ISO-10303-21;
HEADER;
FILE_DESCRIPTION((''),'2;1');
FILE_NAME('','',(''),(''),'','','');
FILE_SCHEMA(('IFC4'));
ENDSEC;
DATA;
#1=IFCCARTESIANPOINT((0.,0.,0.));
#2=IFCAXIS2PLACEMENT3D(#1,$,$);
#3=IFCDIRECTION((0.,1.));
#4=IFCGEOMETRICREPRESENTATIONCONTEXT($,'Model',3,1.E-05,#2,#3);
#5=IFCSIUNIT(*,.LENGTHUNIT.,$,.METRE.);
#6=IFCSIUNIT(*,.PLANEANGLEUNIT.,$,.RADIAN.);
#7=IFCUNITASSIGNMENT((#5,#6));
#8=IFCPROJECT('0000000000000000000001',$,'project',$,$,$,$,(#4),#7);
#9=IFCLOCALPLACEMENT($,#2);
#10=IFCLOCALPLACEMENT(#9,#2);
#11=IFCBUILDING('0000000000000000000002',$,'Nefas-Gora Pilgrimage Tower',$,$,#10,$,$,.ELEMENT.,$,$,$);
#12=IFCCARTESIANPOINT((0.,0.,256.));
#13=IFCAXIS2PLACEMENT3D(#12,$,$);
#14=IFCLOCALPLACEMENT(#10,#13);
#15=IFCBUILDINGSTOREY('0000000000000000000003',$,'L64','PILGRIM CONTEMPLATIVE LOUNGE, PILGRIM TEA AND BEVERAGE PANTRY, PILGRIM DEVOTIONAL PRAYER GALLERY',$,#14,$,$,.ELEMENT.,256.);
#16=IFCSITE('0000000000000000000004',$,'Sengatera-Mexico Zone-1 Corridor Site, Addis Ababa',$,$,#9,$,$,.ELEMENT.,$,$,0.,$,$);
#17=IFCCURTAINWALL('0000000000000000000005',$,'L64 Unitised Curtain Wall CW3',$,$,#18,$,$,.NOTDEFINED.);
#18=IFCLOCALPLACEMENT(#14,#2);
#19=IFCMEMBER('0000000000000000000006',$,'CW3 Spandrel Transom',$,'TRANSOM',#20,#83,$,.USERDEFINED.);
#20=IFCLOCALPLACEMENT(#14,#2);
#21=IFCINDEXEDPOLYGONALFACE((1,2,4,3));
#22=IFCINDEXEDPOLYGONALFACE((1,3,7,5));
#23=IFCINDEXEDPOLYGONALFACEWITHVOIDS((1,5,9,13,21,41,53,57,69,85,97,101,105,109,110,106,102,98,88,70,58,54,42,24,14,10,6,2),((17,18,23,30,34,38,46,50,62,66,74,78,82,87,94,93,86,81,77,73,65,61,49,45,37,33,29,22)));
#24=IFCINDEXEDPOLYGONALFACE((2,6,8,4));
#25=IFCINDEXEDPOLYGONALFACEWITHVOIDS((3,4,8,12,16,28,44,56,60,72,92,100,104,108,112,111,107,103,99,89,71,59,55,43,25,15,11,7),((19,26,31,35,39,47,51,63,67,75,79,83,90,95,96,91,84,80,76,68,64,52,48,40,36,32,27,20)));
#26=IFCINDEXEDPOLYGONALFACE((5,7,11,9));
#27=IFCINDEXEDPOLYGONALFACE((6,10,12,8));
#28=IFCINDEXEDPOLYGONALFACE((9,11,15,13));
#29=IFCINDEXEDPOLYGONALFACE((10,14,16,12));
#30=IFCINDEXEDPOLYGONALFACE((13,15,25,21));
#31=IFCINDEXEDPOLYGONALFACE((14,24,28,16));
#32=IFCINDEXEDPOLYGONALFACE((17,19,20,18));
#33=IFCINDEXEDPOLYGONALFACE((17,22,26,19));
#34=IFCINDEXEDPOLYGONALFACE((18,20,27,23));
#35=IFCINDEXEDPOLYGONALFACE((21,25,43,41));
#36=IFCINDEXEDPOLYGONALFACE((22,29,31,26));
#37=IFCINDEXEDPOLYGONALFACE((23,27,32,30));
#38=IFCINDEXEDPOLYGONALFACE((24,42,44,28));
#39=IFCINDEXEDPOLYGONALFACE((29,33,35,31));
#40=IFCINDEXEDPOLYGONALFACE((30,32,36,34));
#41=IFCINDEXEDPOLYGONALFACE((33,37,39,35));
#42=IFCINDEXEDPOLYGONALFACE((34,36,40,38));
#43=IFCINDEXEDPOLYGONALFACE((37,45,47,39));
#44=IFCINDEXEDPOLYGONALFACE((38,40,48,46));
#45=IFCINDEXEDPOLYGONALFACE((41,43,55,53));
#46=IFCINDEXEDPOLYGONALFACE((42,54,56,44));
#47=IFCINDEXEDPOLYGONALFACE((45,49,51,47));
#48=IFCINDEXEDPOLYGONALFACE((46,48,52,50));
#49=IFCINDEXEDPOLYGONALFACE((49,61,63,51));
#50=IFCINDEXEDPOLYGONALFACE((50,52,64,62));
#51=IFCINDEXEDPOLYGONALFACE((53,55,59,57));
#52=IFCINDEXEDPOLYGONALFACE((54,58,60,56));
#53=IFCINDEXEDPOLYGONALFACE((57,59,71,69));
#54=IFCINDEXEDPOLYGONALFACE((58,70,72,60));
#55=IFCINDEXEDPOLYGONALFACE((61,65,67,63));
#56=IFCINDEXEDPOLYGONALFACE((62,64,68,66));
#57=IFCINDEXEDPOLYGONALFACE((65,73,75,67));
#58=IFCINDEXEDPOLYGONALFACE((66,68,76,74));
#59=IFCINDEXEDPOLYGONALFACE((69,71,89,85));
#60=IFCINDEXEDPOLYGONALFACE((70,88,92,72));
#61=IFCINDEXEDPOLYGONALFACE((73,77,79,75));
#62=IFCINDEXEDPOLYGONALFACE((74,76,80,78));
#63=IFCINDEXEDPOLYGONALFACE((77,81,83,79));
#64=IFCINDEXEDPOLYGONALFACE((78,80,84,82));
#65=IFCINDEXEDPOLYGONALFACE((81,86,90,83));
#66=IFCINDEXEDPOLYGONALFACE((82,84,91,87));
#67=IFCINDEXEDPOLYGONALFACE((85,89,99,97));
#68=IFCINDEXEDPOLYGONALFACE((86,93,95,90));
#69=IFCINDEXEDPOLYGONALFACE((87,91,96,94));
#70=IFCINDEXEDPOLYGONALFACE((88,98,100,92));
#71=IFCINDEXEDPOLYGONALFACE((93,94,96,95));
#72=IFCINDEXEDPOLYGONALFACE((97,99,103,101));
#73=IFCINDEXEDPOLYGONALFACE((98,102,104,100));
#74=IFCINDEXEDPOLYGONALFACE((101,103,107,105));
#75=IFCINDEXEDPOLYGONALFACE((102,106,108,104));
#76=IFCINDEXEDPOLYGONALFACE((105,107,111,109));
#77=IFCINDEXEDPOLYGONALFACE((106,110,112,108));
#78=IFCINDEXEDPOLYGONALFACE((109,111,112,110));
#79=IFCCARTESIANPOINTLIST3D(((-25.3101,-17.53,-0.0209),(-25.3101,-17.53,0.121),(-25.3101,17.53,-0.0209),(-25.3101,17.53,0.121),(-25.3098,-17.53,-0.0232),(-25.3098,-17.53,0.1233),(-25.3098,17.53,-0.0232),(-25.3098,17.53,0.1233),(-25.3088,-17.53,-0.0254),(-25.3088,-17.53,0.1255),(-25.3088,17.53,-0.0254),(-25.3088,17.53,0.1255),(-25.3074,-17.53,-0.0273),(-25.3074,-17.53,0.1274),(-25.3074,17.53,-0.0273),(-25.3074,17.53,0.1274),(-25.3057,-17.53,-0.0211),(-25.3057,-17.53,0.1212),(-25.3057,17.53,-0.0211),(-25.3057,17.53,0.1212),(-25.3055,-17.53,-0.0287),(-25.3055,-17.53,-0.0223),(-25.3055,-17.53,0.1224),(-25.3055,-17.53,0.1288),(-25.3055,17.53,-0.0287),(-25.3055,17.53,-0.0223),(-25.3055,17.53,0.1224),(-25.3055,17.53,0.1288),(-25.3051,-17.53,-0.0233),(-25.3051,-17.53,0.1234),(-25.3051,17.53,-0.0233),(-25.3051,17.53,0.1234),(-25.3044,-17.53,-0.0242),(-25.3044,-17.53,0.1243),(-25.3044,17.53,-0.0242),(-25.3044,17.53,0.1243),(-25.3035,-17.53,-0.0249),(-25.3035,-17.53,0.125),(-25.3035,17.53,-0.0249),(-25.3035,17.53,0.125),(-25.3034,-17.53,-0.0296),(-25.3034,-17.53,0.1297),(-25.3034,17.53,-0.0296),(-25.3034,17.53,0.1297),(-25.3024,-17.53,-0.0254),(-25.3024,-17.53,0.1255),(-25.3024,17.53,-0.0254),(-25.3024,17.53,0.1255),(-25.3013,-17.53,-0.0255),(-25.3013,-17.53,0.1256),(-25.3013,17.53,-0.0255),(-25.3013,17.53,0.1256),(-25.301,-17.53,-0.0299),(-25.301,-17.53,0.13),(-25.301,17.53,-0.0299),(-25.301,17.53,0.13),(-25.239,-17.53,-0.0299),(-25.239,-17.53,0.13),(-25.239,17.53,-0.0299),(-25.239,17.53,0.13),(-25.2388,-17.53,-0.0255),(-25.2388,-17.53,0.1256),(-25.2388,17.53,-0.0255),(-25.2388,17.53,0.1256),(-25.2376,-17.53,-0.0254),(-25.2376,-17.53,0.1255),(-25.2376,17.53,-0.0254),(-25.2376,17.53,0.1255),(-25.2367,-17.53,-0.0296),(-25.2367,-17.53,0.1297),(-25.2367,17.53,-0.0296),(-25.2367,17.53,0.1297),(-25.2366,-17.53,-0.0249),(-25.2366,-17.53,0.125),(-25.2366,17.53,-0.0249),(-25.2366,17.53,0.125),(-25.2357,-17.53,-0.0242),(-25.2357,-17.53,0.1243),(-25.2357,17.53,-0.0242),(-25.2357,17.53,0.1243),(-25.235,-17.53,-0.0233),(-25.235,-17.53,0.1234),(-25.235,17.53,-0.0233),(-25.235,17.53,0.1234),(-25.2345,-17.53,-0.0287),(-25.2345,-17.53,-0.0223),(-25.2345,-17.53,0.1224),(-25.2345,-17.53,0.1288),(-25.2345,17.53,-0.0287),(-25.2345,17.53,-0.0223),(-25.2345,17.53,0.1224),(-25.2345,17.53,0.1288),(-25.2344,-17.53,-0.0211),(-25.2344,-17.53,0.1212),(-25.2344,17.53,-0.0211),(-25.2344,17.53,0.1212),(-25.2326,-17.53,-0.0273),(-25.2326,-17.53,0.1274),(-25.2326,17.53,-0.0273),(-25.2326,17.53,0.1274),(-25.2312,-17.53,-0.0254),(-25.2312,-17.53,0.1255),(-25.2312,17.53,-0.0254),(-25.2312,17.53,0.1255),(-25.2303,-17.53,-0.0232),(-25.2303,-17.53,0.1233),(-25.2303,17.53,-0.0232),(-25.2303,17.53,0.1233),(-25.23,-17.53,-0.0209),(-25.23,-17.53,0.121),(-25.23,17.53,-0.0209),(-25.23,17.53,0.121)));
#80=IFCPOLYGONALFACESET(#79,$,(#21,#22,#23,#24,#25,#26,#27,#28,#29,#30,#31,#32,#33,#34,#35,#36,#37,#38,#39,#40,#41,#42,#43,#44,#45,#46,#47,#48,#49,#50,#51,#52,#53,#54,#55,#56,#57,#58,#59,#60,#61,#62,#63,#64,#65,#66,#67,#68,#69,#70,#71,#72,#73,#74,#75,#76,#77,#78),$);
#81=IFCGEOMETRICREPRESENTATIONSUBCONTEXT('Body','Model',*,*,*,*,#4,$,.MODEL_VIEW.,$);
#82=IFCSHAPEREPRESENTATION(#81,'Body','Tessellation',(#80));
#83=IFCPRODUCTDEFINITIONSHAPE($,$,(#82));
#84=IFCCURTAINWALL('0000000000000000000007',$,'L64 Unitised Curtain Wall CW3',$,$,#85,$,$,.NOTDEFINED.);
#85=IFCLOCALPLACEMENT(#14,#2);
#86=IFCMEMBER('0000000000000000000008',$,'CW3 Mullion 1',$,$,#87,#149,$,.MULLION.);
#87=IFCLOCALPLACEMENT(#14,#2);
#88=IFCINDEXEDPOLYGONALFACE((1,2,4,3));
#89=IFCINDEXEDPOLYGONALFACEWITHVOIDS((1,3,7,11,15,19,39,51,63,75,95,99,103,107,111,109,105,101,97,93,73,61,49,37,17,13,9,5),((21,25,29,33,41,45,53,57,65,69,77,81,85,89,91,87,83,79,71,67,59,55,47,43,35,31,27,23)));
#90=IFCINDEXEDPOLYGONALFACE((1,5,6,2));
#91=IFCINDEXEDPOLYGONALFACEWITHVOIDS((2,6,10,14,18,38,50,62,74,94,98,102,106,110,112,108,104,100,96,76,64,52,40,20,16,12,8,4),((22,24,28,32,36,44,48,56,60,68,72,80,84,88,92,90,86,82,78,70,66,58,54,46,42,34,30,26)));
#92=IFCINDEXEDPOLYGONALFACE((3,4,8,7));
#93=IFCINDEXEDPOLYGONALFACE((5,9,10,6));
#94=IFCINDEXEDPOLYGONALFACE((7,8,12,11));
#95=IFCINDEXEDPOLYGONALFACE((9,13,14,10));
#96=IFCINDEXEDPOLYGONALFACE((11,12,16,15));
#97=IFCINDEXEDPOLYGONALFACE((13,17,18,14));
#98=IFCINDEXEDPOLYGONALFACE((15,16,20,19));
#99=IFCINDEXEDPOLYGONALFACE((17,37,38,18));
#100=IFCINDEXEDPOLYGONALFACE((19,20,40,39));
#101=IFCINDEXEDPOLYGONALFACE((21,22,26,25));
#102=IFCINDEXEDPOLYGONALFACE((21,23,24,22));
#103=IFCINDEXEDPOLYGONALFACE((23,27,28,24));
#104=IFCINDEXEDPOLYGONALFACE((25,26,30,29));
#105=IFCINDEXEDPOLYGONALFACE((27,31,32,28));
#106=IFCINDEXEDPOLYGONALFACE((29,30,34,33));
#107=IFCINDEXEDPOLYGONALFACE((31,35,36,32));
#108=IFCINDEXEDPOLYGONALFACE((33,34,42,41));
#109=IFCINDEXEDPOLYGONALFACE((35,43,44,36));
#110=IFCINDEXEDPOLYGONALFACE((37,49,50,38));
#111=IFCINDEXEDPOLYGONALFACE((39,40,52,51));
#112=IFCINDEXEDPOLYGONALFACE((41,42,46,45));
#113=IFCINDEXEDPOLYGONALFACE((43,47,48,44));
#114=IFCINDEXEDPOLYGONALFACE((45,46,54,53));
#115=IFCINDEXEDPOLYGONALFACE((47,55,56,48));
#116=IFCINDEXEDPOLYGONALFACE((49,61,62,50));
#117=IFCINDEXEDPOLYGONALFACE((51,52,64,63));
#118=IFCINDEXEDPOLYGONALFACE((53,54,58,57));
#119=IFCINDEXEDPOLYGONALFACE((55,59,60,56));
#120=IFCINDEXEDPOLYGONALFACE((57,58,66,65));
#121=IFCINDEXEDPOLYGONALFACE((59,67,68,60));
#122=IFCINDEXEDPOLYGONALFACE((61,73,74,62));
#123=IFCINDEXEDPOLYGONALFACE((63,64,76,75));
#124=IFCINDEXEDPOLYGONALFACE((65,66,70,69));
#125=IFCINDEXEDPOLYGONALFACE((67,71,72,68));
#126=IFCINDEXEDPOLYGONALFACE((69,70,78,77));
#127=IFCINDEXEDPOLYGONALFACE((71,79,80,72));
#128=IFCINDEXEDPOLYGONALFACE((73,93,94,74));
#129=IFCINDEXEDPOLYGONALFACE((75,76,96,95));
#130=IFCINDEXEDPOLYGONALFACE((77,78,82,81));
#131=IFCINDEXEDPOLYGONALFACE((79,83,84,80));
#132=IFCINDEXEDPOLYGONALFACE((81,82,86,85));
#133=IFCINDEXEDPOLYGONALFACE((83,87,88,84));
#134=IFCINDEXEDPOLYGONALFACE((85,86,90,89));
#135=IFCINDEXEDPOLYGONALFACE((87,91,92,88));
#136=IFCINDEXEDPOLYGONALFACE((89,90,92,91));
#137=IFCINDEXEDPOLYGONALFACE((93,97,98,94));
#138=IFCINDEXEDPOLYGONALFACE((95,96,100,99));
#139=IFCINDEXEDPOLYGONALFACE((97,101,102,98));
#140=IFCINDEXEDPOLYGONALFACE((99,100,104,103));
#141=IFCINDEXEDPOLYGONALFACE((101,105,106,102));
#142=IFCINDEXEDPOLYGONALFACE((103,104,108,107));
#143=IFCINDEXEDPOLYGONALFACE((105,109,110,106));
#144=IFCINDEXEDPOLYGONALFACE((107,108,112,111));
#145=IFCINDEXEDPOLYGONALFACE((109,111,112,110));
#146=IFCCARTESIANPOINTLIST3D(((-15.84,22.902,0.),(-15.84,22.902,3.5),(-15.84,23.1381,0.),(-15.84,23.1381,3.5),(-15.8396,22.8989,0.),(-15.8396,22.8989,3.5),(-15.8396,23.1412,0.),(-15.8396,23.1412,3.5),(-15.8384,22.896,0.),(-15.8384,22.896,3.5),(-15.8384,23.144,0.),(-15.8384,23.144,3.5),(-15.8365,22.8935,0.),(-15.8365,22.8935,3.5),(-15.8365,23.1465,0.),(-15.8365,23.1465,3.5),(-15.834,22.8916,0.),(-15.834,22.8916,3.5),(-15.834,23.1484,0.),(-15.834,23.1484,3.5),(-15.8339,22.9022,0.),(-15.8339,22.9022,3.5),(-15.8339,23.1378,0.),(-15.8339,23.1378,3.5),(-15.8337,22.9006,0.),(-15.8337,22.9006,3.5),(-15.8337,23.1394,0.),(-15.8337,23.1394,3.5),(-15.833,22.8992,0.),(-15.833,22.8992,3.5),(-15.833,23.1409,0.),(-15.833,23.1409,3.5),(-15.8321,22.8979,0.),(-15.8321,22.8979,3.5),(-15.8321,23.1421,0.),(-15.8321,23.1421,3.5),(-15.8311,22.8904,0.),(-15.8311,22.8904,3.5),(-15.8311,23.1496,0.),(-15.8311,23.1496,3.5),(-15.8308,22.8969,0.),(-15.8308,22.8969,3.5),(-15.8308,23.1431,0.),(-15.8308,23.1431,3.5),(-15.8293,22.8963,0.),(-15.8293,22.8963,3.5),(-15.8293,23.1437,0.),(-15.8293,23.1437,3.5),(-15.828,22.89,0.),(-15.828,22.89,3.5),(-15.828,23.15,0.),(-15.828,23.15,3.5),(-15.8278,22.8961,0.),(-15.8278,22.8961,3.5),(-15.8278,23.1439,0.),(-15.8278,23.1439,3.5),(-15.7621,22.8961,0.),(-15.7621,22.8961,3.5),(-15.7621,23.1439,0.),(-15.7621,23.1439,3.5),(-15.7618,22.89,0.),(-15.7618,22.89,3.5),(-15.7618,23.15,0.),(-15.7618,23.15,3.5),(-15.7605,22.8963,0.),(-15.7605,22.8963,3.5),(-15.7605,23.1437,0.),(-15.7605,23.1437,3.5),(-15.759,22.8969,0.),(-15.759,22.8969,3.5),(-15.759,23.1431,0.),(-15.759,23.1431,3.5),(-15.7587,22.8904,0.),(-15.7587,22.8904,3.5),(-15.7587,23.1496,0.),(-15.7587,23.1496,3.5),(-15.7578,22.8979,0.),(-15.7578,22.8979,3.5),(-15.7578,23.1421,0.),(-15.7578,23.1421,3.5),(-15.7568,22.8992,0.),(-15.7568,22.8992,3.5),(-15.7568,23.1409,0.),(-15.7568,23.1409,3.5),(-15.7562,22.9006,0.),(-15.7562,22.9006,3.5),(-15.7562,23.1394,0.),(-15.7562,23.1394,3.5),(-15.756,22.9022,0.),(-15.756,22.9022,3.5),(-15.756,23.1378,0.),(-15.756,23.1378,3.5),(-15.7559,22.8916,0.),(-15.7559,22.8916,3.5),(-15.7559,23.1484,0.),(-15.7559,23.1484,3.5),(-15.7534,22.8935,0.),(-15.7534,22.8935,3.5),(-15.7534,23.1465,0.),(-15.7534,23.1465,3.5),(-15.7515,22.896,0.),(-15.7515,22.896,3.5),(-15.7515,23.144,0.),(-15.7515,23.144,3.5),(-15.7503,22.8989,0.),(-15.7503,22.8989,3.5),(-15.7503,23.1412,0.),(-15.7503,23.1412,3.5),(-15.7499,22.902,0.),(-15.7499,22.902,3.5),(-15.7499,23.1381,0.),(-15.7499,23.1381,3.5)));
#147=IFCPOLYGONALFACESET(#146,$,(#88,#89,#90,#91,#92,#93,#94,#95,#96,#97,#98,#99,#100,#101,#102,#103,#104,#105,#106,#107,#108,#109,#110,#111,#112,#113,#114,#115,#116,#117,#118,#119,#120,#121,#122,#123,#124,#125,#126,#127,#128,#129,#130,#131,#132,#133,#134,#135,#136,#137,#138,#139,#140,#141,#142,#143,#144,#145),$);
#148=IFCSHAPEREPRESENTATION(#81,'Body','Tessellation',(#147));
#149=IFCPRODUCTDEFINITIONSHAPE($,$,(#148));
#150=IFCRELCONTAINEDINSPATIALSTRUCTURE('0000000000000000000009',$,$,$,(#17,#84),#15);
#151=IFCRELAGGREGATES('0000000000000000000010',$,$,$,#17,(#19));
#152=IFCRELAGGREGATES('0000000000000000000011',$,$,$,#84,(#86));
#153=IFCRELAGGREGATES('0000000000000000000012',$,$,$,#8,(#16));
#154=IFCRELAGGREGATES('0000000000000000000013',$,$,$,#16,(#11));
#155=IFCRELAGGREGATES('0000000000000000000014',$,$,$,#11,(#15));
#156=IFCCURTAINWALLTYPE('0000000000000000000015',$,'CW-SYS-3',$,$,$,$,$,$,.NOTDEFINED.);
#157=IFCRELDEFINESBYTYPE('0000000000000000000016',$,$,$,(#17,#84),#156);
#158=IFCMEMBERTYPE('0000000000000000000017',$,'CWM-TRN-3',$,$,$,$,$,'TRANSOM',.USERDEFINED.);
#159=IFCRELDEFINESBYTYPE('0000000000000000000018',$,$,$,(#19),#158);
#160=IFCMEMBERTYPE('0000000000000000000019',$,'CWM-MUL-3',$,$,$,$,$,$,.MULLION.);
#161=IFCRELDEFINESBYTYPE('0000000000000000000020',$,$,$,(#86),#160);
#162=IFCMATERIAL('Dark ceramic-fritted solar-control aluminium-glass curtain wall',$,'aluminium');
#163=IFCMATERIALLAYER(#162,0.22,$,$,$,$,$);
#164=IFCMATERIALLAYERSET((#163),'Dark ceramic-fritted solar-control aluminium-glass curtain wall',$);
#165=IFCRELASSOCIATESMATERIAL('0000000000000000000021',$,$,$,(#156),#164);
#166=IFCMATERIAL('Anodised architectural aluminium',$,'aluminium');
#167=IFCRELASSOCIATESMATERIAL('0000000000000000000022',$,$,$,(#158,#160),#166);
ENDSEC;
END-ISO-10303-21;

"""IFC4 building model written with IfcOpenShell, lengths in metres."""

from ifc_helpers import new_model, si_unit, direction, frame, origin, origin_2d, place, context, subcontext, project, spatial, hollow_rectangle, extrude, source, transform, mapped, material, layer, layer_set, material_profile, profile_set, type_object, element, aggregate, save


model = new_model("IFC4")

# Units and contexts
model_context = context("Model", 3, precision=1e-05, world=origin(), true_north=direction((0.0, 1.0)))
body_context = subcontext(model_context, "Body", "Model", "MODEL_VIEW")
ifc_project = project(units=[si_unit("LENGTHUNIT", "METRE"), si_unit("PLANEANGLEUNIT", "RADIAN")], contexts=[model_context])

# Site, building, storey
site_placement = place(None, origin())
site = spatial("IfcSite", under=ifc_project, at=site_placement, Name="Sengatera-Mexico Zone-1 Corridor Site, Addis Ababa", CompositionType="ELEMENT", RefElevation=0.0)
building_placement = place(site_placement, origin())
building = spatial("IfcBuilding", under=site, at=building_placement, Name="Nefas-Gora Pilgrimage Tower", CompositionType="ELEMENT")
storey_placement = place(building_placement, frame((0.0, 0.0, 256.0)))
storey = spatial("IfcBuildingStorey", under=building, at=storey_placement, Name="L64", Description="PILGRIM CONTEMPLATIVE LOUNGE, PILGRIM TEA AND BEVERAGE PANTRY, PILGRIM DEVOTIONAL PRAYER GALLERY", CompositionType="ELEMENT", Elevation=256.0)

# Curtain wall, member
ifc_material_1 = material(Name="Dark ceramic-fritted solar-control aluminium-glass curtain wall", Category="aluminium")
ifc_material_2 = material(Name="Anodised architectural aluminium", Category="aluminium")
ifc_layer_1 = layer(ifc_material_1, 0.22)
ifc_layer_set_1 = layer_set([ifc_layer_1], Name="Dark ceramic-fritted solar-control aluminium-glass curtain wall")
curtain_wall_type_1 = type_object("IfcCurtainWallType", Name="CW-SYS-3", PredefinedType="NOTDEFINED", material=ifc_layer_set_1)
curtain_wall_1_placement = place(storey_placement, origin())
curtain_wall_1 = element("IfcCurtainWall", 1, at=curtain_wall_1_placement, inside=storey, type_object=curtain_wall_type_1, Name="L64 Unitised Curtain Wall CW3", PredefinedType="NOTDEFINED")
ifc_material_profile_1 = material_profile(ifc_material_2, hollow_rectangle(XDim=0.0801, YDim=0.1599, WallThickness=0.0044, InnerFilletRadius=0.0044, OuterFilletRadius=0.009, at=origin_2d()), Name="ALU TRANSOM 80x160")
ifc_profile_set_1 = profile_set([ifc_material_profile_1], Name="Anodised architectural aluminium")
member_type_1 = type_object("IfcMemberType", Name="CWM-TRN-3", ElementType="TRANSOM", PredefinedType="USERDEFINED", material=ifc_profile_set_1)
shared_shape_1 = source(origin(), body_context, "Body", "SweptSolid", [
    extrude(hollow_rectangle(XDim=0.0801, YDim=0.1599, WallThickness=0.0044, InnerFilletRadius=0.0044, OuterFilletRadius=0.009, at=origin_2d()), origin(), (0.0, 0.0, 1.0), 35.0601),
])
member_1_placement = place(storey_placement, frame((-25.27, 17.53, 0.05), z_axis=(0.0, -1.0, 0.0), x_axis=(1.0, 0.0, 0.0)))
member_1 = element("IfcMember", 2, at=member_1_placement, type_object=member_type_1, Name="CW3 Spandrel Transom", ObjectType="TRANSOM", PredefinedType="USERDEFINED", context=body_context, shape_type="MappedRepresentation", body=[
    mapped(shared_shape_1, transform((0.0, 0.0, 0.0), x_axis=(1.0, 0.0, 0.0), y_axis=(0.0, 1.0, 0.0), z_axis=(0.0, 0.0, 1.0), scale=1.0)),
])

# Curtain wall, member
curtain_wall_2_placement = place(storey_placement, origin())
curtain_wall_2 = element("IfcCurtainWall", 3, at=curtain_wall_2_placement, inside=storey, type_object=curtain_wall_type_1, Name="L64 Unitised Curtain Wall CW3", PredefinedType="NOTDEFINED")
ifc_material_profile_2 = material_profile(ifc_material_2, hollow_rectangle(XDim=0.0901, YDim=0.26, WallThickness=0.0061, InnerFilletRadius=0.0061, OuterFilletRadius=0.012, at=origin_2d()), Name="ALU MULLION 90x260")
ifc_profile_set_2 = profile_set([ifc_material_profile_2], Name="Anodised architectural aluminium")
member_type_2 = type_object("IfcMemberType", Name="CWM-MUL-3", PredefinedType="MULLION", material=ifc_profile_set_2)
shared_shape_2 = source(origin(), body_context, "Body", "SweptSolid", [
    extrude(hollow_rectangle(XDim=0.0901, YDim=0.26, WallThickness=0.0061, InnerFilletRadius=0.0061, OuterFilletRadius=0.012, at=origin_2d()), origin(), (0.0, 0.0, 1.0), 3.5),
])
member_2_placement = place(storey_placement, frame((-15.7949, 23.02, 0.0), z_axis=(0.0, 0.0, 1.0), x_axis=(-1.0, 0.0, 0.0)))
member_2 = element("IfcMember", 4, at=member_2_placement, type_object=member_type_2, Name="CW3 Mullion 1", PredefinedType="MULLION", context=body_context, shape_type="MappedRepresentation", body=[
    mapped(shared_shape_2, transform((0.0, 0.0, 0.0), x_axis=(1.0, 0.0, 0.0), y_axis=(0.0, 1.0, 0.0), z_axis=(0.0, 0.0, 1.0), scale=1.0)),
])

aggregate(curtain_wall_1, [member_1])

aggregate(curtain_wall_2, [member_2])

save(model, "model.ifc")
